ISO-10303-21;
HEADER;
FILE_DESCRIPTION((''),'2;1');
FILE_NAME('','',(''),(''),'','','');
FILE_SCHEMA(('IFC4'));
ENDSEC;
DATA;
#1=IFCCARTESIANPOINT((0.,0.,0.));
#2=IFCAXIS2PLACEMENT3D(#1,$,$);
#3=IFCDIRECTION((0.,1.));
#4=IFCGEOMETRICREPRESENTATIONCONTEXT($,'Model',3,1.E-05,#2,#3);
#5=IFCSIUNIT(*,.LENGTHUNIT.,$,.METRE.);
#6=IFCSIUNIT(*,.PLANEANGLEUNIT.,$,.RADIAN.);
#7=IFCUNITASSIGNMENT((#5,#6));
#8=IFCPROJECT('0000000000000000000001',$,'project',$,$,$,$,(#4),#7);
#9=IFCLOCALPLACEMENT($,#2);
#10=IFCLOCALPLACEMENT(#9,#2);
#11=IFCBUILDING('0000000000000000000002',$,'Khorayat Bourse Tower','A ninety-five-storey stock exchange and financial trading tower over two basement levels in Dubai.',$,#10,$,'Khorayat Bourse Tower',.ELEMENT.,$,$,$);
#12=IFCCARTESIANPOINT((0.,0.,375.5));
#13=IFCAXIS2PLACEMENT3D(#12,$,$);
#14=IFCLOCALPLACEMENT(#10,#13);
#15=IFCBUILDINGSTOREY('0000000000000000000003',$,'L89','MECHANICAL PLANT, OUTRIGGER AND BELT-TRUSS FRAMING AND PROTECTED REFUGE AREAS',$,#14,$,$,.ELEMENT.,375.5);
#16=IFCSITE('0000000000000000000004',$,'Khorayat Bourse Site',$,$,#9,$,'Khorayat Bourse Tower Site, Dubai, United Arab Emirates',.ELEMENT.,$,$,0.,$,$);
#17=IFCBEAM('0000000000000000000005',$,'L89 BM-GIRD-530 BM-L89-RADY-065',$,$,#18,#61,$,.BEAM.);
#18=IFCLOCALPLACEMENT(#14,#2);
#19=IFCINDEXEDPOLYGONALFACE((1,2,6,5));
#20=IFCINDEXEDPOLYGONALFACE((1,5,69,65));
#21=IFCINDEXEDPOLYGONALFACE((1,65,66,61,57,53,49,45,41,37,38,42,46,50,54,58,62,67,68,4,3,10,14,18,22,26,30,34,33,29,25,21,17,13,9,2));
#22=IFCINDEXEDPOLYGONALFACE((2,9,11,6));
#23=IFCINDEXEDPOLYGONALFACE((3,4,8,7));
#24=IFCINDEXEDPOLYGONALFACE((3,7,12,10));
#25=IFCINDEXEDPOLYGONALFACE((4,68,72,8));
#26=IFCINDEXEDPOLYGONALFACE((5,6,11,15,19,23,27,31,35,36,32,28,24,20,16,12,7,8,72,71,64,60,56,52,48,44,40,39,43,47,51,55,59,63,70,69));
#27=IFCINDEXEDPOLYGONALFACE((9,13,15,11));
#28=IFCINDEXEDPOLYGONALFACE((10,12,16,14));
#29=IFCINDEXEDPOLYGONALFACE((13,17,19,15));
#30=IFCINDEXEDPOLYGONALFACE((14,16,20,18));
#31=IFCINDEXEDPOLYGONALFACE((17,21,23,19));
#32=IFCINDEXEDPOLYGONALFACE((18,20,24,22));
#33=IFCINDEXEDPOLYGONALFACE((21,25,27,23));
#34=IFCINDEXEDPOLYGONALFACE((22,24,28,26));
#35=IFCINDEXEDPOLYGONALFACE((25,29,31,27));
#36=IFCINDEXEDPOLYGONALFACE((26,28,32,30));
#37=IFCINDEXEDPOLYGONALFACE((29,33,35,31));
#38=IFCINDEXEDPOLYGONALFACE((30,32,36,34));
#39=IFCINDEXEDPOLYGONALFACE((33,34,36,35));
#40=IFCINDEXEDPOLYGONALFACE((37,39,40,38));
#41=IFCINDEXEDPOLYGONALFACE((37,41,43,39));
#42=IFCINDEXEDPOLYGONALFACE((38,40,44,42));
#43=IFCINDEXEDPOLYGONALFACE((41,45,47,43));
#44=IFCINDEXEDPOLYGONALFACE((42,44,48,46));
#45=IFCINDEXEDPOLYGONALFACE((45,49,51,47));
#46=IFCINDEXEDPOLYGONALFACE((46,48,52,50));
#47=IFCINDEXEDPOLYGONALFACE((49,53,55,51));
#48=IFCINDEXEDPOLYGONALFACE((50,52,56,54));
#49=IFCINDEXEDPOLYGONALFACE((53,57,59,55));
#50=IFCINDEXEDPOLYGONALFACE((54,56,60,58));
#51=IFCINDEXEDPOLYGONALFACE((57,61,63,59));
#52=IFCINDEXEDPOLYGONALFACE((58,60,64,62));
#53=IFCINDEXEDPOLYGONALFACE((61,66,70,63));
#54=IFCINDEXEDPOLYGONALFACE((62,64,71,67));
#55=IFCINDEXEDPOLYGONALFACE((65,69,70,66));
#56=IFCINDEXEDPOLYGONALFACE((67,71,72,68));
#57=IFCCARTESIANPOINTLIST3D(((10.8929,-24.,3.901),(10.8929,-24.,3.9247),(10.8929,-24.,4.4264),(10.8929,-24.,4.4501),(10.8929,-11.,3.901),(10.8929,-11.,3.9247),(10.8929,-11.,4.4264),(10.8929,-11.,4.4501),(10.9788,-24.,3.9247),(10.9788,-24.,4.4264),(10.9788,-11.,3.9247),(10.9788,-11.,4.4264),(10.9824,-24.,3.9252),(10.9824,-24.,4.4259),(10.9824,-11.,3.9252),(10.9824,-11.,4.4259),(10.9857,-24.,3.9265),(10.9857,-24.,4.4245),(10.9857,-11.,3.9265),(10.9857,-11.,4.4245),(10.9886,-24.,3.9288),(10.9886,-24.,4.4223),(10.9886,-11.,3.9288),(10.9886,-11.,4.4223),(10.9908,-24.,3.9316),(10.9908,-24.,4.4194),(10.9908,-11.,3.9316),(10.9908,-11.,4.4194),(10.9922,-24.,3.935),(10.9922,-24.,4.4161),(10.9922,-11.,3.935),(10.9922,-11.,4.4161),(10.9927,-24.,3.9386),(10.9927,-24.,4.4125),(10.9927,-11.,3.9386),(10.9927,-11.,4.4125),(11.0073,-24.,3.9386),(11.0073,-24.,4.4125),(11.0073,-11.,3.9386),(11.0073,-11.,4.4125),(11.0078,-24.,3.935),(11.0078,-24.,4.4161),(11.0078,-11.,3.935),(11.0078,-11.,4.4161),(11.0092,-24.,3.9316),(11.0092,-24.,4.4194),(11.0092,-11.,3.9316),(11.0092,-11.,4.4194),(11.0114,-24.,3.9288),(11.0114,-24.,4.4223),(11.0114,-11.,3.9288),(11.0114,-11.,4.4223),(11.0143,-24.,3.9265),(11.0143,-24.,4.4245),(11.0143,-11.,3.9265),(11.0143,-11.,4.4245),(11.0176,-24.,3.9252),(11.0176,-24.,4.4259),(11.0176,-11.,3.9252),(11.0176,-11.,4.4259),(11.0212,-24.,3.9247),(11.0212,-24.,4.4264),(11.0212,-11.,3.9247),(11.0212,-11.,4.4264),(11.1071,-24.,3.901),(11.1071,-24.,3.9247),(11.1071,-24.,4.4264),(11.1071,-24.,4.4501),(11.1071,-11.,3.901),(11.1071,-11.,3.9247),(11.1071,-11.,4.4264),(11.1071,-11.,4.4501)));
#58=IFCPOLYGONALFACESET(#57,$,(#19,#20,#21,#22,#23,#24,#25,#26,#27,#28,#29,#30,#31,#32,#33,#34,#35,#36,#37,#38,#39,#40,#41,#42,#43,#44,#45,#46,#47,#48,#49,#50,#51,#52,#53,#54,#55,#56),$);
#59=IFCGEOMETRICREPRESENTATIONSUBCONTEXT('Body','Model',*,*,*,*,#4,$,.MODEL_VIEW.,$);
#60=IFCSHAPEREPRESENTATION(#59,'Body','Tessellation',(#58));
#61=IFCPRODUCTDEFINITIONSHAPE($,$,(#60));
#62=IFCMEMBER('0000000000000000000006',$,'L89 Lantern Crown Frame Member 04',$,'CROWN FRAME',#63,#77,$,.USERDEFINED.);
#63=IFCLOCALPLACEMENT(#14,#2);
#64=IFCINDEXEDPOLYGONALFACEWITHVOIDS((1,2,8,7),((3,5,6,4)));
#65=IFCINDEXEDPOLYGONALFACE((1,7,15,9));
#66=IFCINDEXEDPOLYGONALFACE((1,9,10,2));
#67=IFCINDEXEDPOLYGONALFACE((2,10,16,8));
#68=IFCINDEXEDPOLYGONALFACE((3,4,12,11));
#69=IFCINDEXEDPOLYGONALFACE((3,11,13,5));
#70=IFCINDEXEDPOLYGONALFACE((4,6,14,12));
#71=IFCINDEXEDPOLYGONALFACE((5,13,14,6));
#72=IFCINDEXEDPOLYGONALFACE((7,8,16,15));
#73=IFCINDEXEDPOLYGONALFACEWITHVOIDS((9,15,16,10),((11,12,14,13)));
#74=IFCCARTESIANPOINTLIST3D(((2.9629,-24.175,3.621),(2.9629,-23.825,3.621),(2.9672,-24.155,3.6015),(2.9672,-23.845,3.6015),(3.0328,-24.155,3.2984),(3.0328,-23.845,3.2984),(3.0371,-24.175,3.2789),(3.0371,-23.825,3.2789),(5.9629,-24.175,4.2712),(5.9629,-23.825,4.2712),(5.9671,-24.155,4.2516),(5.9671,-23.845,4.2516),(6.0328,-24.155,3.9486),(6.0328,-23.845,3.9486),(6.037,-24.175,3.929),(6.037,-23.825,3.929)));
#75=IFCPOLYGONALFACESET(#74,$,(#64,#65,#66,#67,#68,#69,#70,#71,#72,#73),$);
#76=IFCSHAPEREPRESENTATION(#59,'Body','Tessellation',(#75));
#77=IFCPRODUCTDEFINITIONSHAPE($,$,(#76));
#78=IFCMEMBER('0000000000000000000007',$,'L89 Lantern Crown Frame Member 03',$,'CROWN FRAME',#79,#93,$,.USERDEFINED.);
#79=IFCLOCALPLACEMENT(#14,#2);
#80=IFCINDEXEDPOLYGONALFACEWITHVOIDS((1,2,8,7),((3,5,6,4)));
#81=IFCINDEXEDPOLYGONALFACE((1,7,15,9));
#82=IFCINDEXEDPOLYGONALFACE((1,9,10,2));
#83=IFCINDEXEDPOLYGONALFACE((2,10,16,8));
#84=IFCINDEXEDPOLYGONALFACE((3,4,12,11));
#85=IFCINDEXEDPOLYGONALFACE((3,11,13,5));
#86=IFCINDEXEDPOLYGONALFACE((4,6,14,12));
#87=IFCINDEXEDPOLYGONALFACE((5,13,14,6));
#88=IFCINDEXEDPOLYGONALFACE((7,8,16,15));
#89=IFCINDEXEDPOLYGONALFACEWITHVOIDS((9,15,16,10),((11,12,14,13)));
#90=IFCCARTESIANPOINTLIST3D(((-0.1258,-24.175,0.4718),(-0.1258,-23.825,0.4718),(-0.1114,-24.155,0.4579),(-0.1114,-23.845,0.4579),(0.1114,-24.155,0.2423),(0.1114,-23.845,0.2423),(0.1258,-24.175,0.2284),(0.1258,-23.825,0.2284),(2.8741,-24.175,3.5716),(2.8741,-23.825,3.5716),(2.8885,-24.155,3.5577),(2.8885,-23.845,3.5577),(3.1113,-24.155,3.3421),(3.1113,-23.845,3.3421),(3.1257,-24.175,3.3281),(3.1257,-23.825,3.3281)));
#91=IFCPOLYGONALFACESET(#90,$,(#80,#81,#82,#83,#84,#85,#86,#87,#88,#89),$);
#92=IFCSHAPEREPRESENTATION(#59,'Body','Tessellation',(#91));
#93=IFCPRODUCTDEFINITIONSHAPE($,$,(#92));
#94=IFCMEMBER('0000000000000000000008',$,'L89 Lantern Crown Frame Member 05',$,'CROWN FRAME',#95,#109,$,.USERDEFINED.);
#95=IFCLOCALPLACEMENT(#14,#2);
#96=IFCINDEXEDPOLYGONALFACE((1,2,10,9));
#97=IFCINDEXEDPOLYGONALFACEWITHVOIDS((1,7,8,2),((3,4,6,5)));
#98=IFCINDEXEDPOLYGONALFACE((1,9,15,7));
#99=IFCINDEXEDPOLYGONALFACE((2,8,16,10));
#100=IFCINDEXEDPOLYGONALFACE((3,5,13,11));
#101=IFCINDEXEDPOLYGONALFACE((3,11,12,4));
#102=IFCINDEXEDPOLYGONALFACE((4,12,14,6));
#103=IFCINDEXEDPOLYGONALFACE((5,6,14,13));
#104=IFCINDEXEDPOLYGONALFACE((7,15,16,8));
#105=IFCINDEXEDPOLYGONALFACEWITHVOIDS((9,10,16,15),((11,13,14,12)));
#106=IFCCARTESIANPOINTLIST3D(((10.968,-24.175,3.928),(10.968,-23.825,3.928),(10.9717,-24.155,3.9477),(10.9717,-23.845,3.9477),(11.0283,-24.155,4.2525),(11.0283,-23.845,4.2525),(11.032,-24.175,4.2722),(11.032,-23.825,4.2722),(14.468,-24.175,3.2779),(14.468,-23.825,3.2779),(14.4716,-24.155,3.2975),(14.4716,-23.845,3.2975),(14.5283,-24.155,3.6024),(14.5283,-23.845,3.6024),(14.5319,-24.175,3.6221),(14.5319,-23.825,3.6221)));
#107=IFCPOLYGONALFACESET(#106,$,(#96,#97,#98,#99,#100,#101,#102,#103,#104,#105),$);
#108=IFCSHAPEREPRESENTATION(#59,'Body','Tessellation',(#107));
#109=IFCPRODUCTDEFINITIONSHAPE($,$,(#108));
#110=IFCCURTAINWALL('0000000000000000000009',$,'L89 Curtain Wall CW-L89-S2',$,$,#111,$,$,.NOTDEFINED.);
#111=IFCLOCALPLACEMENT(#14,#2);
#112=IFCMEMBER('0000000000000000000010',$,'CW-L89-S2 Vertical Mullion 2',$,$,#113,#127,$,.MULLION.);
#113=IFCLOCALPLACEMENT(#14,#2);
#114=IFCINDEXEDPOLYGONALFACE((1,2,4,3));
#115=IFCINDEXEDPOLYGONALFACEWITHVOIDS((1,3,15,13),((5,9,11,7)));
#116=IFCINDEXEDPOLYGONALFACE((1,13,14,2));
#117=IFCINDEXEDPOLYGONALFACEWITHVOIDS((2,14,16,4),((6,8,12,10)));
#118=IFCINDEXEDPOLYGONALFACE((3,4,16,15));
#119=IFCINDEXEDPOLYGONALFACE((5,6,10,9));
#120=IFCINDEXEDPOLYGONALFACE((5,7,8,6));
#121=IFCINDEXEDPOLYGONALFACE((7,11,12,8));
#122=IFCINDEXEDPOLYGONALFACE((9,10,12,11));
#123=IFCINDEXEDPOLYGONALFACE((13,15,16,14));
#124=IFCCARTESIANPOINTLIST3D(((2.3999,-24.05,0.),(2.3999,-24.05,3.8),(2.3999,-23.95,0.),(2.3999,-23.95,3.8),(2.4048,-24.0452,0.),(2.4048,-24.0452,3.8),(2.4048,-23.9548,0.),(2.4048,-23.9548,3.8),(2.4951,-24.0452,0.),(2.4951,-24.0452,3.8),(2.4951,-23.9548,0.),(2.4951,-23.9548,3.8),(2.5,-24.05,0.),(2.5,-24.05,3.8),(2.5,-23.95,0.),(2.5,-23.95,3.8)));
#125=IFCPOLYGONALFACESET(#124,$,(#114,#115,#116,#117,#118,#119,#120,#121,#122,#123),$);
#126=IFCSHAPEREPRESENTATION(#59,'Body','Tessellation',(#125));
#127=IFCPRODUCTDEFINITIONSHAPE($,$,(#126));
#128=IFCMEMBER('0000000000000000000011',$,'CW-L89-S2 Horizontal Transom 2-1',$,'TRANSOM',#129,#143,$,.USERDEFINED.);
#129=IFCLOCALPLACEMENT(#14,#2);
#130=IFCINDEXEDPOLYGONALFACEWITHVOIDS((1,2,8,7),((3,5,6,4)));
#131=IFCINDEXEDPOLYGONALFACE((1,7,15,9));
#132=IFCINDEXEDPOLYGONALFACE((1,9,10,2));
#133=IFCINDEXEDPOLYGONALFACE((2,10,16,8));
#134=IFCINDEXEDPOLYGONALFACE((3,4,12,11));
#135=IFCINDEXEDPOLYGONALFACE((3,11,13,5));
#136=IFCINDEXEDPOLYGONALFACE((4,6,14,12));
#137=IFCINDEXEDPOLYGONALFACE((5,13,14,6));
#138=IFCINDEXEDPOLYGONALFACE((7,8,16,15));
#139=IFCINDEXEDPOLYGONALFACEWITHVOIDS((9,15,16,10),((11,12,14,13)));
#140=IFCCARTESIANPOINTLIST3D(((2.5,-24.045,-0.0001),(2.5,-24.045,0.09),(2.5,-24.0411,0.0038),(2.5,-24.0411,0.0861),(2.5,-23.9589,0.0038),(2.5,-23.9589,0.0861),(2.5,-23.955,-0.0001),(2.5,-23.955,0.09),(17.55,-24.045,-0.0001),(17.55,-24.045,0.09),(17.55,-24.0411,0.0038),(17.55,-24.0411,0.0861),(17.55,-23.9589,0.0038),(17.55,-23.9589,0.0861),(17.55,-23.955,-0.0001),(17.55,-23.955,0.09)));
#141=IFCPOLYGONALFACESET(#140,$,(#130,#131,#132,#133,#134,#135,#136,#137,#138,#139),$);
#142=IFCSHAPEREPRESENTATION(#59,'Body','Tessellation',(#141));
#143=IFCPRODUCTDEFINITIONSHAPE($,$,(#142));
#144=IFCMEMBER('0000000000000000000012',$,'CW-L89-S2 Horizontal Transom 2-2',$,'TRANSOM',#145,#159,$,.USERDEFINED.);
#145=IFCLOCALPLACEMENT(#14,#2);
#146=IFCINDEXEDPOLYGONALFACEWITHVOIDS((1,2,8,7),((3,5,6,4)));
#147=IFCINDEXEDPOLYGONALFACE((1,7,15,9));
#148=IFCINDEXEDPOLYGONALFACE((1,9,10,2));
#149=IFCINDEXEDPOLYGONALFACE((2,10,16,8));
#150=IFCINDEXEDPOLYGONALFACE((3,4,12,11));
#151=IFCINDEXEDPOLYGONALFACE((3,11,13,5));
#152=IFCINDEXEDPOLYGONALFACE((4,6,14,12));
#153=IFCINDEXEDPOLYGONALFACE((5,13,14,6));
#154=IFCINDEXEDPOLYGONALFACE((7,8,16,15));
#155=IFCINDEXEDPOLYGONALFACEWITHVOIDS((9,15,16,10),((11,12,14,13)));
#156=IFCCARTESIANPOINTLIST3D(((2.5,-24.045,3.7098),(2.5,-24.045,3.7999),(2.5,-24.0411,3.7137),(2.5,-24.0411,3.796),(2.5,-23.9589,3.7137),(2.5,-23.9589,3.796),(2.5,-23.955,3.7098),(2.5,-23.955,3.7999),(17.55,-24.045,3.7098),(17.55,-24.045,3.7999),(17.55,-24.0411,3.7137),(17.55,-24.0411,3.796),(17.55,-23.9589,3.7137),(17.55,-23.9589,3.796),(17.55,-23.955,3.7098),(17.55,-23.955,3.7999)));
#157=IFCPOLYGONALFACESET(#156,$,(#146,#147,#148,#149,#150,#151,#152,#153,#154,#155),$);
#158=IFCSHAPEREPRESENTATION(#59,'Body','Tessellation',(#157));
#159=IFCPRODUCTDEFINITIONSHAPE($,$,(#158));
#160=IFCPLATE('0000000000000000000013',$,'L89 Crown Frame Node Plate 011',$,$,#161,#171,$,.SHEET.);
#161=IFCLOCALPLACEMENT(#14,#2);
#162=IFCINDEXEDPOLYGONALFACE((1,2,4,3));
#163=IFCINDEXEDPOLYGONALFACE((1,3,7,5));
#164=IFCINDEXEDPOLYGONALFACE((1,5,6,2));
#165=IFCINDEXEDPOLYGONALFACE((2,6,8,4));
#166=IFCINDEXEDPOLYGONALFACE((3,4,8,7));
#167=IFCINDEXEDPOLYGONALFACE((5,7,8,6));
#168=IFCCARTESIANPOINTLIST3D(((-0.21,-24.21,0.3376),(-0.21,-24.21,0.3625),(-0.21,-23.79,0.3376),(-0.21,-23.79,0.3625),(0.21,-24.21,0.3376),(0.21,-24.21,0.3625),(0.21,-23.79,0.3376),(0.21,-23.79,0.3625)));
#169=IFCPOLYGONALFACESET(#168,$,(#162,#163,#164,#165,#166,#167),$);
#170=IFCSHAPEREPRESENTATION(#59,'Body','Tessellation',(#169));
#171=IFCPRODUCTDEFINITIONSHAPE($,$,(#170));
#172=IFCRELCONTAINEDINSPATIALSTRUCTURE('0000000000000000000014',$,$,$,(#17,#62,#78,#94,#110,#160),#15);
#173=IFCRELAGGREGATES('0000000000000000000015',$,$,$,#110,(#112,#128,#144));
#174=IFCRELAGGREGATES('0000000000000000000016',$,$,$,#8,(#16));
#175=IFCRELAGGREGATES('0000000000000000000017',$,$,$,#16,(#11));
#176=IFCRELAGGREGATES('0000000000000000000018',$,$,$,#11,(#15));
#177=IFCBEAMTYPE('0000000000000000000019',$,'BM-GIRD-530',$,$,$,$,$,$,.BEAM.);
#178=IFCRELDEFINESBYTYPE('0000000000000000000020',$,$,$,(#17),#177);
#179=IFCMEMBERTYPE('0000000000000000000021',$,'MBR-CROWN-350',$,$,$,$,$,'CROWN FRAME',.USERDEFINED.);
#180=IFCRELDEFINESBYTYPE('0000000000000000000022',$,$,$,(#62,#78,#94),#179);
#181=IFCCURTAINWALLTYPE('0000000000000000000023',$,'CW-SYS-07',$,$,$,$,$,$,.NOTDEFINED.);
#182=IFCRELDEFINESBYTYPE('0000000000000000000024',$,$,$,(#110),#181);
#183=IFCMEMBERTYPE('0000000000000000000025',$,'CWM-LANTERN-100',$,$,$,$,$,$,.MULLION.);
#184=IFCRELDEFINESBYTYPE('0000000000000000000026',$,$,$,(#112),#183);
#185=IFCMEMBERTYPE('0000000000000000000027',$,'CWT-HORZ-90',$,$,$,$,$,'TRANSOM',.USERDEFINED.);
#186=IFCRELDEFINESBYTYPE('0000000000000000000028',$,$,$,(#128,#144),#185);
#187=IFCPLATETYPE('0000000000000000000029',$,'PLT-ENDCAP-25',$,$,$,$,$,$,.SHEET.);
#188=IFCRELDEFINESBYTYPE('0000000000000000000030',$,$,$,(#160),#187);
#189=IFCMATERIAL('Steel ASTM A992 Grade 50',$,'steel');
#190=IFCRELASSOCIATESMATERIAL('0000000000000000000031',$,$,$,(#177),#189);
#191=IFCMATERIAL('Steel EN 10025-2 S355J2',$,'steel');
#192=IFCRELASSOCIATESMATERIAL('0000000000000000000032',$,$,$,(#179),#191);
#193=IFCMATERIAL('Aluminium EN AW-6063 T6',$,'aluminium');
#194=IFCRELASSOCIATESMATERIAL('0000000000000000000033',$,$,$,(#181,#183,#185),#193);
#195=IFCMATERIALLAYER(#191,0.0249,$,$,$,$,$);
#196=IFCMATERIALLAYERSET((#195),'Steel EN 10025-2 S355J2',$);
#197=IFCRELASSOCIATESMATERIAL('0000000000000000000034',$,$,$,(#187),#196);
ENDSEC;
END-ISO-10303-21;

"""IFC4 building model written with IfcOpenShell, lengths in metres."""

from ifc_helpers import new_model, si_unit, direction, frame, origin, origin_2d, place, context, subcontext, project, spatial, rectangle, hollow_rectangle, i_section, extrude, source, transform, mapped, material, layer, layer_set, material_profile, profile_set, type_object, element, aggregate, save


model = new_model("IFC4")

# Units and contexts
model_context = context("Model", 3, precision=1e-05, world=origin(), true_north=direction((0.0, 1.0)))
body_context = subcontext(model_context, "Body", "Model", "MODEL_VIEW")
ifc_project = project(units=[si_unit("LENGTHUNIT", "METRE"), si_unit("PLANEANGLEUNIT", "RADIAN")], contexts=[model_context])

# Site, building, storey
site_placement = place(None, origin())
site = spatial("IfcSite", under=ifc_project, at=site_placement, Name="Khorayat Bourse Site", LongName="Khorayat Bourse Tower Site, Dubai, United Arab Emirates", CompositionType="ELEMENT", RefElevation=0.0)
building_placement = place(site_placement, origin())
building = spatial("IfcBuilding", under=site, at=building_placement, Name="Khorayat Bourse Tower", Description="A ninety-five-storey stock exchange and financial trading tower over two basement levels in Dubai.", LongName="Khorayat Bourse Tower", CompositionType="ELEMENT")
storey_placement = place(building_placement, frame((0.0, 0.0, 375.5)))
storey = spatial("IfcBuildingStorey", under=building, at=storey_placement, Name="L89", Description="MECHANICAL PLANT, OUTRIGGER AND BELT-TRUSS FRAMING AND PROTECTED REFUGE AREAS", CompositionType="ELEMENT", Elevation=375.5)

# Shared definitions
ifc_material_1 = material(Name="Steel EN 10025-2 S355J2", Category="steel")

# Beam
ifc_material_2 = material(Name="Steel ASTM A992 Grade 50", Category="steel")
ifc_material_profile_1 = material_profile(ifc_material_2, i_section(OverallWidth=0.2141, OverallDepth=0.5491, WebThickness=0.0146, FlangeThickness=0.0237, FilletRadius=0.0139, at=origin_2d()), Name="W530X138")
ifc_profile_set_1 = profile_set([ifc_material_profile_1], Name="Steel ASTM A992 Grade 50")
beam_type_1 = type_object("IfcBeamType", Name="BM-GIRD-530", PredefinedType="BEAM", material=ifc_profile_set_1)
shared_shape_1 = source(origin(), body_context, "Body", "SweptSolid", [
    extrude(i_section(OverallWidth=0.2141, OverallDepth=0.5491, WebThickness=0.0146, FlangeThickness=0.0237, FilletRadius=0.0139, at=origin_2d()), origin(), (0.0, 0.0, 1.0), 13.0),
])
for number, where, z_axis, x_axis, name in (
    (1, (11.0, -24.0, 4.1755), (0.0, 1.0, 0.0), (-1.0, 0.0, 0.0), "L89 BM-GIRD-530 BM-L89-RADY-065"),
):
    element("IfcBeam", number, at=place(storey_placement, frame(where, z_axis=z_axis, x_axis=x_axis)), inside=storey, type_object=beam_type_1, Name=name, PredefinedType="BEAM", context=body_context, shape_type="MappedRepresentation", body=[
        mapped(shared_shape_1, transform((0.0, 0.0, 0.0), scale=1.0)),
    ])

# Members
ifc_material_profile_2 = material_profile(ifc_material_1, hollow_rectangle(XDim=0.3501, YDim=0.3501, WallThickness=0.02, at=origin_2d()), Name="HSS 350x350x20")
ifc_profile_set_2 = profile_set([ifc_material_profile_2], Name="Steel EN 10025-2 S355J2")
member_type_1 = type_object("IfcMemberType", Name="MBR-CROWN-350", ElementType="CROWN FRAME", PredefinedType="USERDEFINED", material=ifc_profile_set_2)
shared_shape_2 = source(origin(), body_context, "Body", "SweptSolid", [
    extrude(hollow_rectangle(XDim=0.3501, YDim=0.3501, WallThickness=0.02, at=origin_2d()), origin(), (0.0, 0.0, 1.0), 3.0696),
])
member_1_placement = place(storey_placement, frame((3.0, -24.0, 3.45), z_axis=(0.977313, 0.0, 0.211799), x_axis=(0.0, 1.0, 0.0)))
element("IfcMember", 2, at=member_1_placement, inside=storey, type_object=member_type_1, Name="L89 Lantern Crown Frame Member 04", ObjectType="CROWN FRAME", PredefinedType="USERDEFINED", context=body_context, shape_type="MappedRepresentation", body=[
    mapped(shared_shape_2, transform((0.0, 0.0, 0.0), scale=1.0)),
])
shared_shape_3 = source(origin(), body_context, "Body", "SweptSolid", [
    extrude(hollow_rectangle(XDim=0.3501, YDim=0.3501, WallThickness=0.02, at=origin_2d()), origin(), (0.0, 0.0, 1.0), 4.3137),
])
member_2_placement = place(storey_placement, frame((0.0, -24.0, 0.3501), z_axis=(0.695438, 0.0, 0.718586), x_axis=(0.0, 1.0, 0.0)))
element("IfcMember", 3, at=member_2_placement, inside=storey, type_object=member_type_1, Name="L89 Lantern Crown Frame Member 03", ObjectType="CROWN FRAME", PredefinedType="USERDEFINED", context=body_context, shape_type="MappedRepresentation", body=[
    mapped(shared_shape_3, transform((0.0, 0.0, 0.0), scale=1.0)),
])
shared_shape_4 = source(origin(), body_context, "Body", "SweptSolid", [
    extrude(hollow_rectangle(XDim=0.3501, YDim=0.3501, WallThickness=0.02, at=origin_2d()), origin(), (0.0, 0.0, 1.0), 3.5598),
])
member_3_placement = place(storey_placement, frame((11.0, -24.0, 4.1001), z_axis=(0.983181, 0.0, -0.182632), x_axis=(0.0, 1.0, 0.0)))
element("IfcMember", 4, at=member_3_placement, inside=storey, type_object=member_type_1, Name="L89 Lantern Crown Frame Member 05", ObjectType="CROWN FRAME", PredefinedType="USERDEFINED", context=body_context, shape_type="MappedRepresentation", body=[
    mapped(shared_shape_4, transform((0.0, 0.0, 0.0), scale=1.0)),
])

# Curtain wall, members
ifc_material_3 = material(Name="Aluminium EN AW-6063 T6", Category="aluminium")
curtain_wall_type = type_object("IfcCurtainWallType", Name="CW-SYS-07", PredefinedType="NOTDEFINED", material=ifc_material_3)
curtain_wall_placement = place(storey_placement, origin())
curtain_wall = element("IfcCurtainWall", 5, at=curtain_wall_placement, inside=storey, type_object=curtain_wall_type, Name="L89 Curtain Wall CW-L89-S2", PredefinedType="NOTDEFINED")
ifc_material_profile_3 = material_profile(ifc_material_3, hollow_rectangle(XDim=0.1001, YDim=0.1001, WallThickness=0.0049, at=origin_2d()), Name="ALU 100x100x5")
ifc_profile_set_3 = profile_set([ifc_material_profile_3], Name="Aluminium EN AW-6063 T6")
member_type_2 = type_object("IfcMemberType", Name="CWM-LANTERN-100", PredefinedType="MULLION", material=ifc_profile_set_3)
shared_shape_5 = source(origin(), body_context, "Body", "SweptSolid", [
    extrude(hollow_rectangle(XDim=0.1001, YDim=0.1001, WallThickness=0.0049, at=origin_2d()), origin(), (0.0, 0.0, 1.0), 3.8),
])
member_4_placement = place(storey_placement, frame((2.45, -24.0, 0.0), z_axis=(0.0, 0.0, 1.0), x_axis=(0.0, 1.0, 0.0)))
member_4 = element("IfcMember", 6, at=member_4_placement, type_object=member_type_2, Name="CW-L89-S2 Vertical Mullion 2", PredefinedType="MULLION", context=body_context, shape_type="MappedRepresentation", body=[
    mapped(shared_shape_5, transform((0.0, 0.0, 0.0), scale=1.0)),
])
ifc_material_profile_4 = material_profile(ifc_material_3, hollow_rectangle(XDim=0.0901, YDim=0.0901, WallThickness=0.0039, at=origin_2d()), Name="ALU 90x90x4")
ifc_profile_set_4 = profile_set([ifc_material_profile_4], Name="Aluminium EN AW-6063 T6")
member_type_3 = type_object("IfcMemberType", Name="CWT-HORZ-90", ElementType="TRANSOM", PredefinedType="USERDEFINED", material=ifc_profile_set_4)
shared_shape_6 = source(origin(), body_context, "Body", "SweptSolid", [
    extrude(hollow_rectangle(XDim=0.0901, YDim=0.0901, WallThickness=0.0039, at=origin_2d()), origin(), (0.0, 0.0, 1.0), 15.05),
])
member_5_placement = place(storey_placement, frame((2.5, -24.0, 0.0449), z_axis=(1.0, 0.0, 0.0), x_axis=(0.0, 1.0, 0.0)))
member_5 = element("IfcMember", 7, at=member_5_placement, type_object=member_type_3, Name="CW-L89-S2 Horizontal Transom 2-1", ObjectType="TRANSOM", PredefinedType="USERDEFINED", context=body_context, shape_type="MappedRepresentation", body=[
    mapped(shared_shape_6, transform((0.0, 0.0, 0.0), scale=1.0)),
])
member_6_placement = place(storey_placement, frame((2.5, -24.0, 3.7549), z_axis=(1.0, 0.0, 0.0), x_axis=(0.0, 1.0, 0.0)))
member_6 = element("IfcMember", 8, at=member_6_placement, type_object=member_type_3, Name="CW-L89-S2 Horizontal Transom 2-2", ObjectType="TRANSOM", PredefinedType="USERDEFINED", context=body_context, shape_type="MappedRepresentation", body=[
    mapped(shared_shape_6, transform((0.0, 0.0, 0.0), scale=1.0)),
])

# Plate
ifc_layer_1 = layer(ifc_material_1, 0.0249)
ifc_layer_set_1 = layer_set([ifc_layer_1], Name="Steel EN 10025-2 S355J2")
plate_type_1 = type_object("IfcPlateType", Name="PLT-ENDCAP-25", PredefinedType="SHEET", material=ifc_layer_set_1)
shared_shape_7 = source(origin(), body_context, "Body", "SweptSolid", [
    extrude(rectangle(XDim=0.4199, YDim=0.4199, at=origin_2d()), origin(), (0.0, 0.0, 1.0), 0.0249),
])
for number, where, z_axis, x_axis, name in (
    (9, (0.0, -24.0, 0.3376), (0.0, 0.0, 1.0), (1.0, 0.0, 0.0), "L89 Crown Frame Node Plate 011"),
):
    element("IfcPlate", number, at=place(storey_placement, frame(where, z_axis=z_axis, x_axis=x_axis)), inside=storey, type_object=plate_type_1, Name=name, PredefinedType="SHEET", context=body_context, shape_type="MappedRepresentation", body=[
        mapped(shared_shape_7, transform((0.0, 0.0, 0.0), scale=1.0)),
    ])

aggregate(curtain_wall, [member_4, member_5, member_6])

save(model, "model.ifc")
